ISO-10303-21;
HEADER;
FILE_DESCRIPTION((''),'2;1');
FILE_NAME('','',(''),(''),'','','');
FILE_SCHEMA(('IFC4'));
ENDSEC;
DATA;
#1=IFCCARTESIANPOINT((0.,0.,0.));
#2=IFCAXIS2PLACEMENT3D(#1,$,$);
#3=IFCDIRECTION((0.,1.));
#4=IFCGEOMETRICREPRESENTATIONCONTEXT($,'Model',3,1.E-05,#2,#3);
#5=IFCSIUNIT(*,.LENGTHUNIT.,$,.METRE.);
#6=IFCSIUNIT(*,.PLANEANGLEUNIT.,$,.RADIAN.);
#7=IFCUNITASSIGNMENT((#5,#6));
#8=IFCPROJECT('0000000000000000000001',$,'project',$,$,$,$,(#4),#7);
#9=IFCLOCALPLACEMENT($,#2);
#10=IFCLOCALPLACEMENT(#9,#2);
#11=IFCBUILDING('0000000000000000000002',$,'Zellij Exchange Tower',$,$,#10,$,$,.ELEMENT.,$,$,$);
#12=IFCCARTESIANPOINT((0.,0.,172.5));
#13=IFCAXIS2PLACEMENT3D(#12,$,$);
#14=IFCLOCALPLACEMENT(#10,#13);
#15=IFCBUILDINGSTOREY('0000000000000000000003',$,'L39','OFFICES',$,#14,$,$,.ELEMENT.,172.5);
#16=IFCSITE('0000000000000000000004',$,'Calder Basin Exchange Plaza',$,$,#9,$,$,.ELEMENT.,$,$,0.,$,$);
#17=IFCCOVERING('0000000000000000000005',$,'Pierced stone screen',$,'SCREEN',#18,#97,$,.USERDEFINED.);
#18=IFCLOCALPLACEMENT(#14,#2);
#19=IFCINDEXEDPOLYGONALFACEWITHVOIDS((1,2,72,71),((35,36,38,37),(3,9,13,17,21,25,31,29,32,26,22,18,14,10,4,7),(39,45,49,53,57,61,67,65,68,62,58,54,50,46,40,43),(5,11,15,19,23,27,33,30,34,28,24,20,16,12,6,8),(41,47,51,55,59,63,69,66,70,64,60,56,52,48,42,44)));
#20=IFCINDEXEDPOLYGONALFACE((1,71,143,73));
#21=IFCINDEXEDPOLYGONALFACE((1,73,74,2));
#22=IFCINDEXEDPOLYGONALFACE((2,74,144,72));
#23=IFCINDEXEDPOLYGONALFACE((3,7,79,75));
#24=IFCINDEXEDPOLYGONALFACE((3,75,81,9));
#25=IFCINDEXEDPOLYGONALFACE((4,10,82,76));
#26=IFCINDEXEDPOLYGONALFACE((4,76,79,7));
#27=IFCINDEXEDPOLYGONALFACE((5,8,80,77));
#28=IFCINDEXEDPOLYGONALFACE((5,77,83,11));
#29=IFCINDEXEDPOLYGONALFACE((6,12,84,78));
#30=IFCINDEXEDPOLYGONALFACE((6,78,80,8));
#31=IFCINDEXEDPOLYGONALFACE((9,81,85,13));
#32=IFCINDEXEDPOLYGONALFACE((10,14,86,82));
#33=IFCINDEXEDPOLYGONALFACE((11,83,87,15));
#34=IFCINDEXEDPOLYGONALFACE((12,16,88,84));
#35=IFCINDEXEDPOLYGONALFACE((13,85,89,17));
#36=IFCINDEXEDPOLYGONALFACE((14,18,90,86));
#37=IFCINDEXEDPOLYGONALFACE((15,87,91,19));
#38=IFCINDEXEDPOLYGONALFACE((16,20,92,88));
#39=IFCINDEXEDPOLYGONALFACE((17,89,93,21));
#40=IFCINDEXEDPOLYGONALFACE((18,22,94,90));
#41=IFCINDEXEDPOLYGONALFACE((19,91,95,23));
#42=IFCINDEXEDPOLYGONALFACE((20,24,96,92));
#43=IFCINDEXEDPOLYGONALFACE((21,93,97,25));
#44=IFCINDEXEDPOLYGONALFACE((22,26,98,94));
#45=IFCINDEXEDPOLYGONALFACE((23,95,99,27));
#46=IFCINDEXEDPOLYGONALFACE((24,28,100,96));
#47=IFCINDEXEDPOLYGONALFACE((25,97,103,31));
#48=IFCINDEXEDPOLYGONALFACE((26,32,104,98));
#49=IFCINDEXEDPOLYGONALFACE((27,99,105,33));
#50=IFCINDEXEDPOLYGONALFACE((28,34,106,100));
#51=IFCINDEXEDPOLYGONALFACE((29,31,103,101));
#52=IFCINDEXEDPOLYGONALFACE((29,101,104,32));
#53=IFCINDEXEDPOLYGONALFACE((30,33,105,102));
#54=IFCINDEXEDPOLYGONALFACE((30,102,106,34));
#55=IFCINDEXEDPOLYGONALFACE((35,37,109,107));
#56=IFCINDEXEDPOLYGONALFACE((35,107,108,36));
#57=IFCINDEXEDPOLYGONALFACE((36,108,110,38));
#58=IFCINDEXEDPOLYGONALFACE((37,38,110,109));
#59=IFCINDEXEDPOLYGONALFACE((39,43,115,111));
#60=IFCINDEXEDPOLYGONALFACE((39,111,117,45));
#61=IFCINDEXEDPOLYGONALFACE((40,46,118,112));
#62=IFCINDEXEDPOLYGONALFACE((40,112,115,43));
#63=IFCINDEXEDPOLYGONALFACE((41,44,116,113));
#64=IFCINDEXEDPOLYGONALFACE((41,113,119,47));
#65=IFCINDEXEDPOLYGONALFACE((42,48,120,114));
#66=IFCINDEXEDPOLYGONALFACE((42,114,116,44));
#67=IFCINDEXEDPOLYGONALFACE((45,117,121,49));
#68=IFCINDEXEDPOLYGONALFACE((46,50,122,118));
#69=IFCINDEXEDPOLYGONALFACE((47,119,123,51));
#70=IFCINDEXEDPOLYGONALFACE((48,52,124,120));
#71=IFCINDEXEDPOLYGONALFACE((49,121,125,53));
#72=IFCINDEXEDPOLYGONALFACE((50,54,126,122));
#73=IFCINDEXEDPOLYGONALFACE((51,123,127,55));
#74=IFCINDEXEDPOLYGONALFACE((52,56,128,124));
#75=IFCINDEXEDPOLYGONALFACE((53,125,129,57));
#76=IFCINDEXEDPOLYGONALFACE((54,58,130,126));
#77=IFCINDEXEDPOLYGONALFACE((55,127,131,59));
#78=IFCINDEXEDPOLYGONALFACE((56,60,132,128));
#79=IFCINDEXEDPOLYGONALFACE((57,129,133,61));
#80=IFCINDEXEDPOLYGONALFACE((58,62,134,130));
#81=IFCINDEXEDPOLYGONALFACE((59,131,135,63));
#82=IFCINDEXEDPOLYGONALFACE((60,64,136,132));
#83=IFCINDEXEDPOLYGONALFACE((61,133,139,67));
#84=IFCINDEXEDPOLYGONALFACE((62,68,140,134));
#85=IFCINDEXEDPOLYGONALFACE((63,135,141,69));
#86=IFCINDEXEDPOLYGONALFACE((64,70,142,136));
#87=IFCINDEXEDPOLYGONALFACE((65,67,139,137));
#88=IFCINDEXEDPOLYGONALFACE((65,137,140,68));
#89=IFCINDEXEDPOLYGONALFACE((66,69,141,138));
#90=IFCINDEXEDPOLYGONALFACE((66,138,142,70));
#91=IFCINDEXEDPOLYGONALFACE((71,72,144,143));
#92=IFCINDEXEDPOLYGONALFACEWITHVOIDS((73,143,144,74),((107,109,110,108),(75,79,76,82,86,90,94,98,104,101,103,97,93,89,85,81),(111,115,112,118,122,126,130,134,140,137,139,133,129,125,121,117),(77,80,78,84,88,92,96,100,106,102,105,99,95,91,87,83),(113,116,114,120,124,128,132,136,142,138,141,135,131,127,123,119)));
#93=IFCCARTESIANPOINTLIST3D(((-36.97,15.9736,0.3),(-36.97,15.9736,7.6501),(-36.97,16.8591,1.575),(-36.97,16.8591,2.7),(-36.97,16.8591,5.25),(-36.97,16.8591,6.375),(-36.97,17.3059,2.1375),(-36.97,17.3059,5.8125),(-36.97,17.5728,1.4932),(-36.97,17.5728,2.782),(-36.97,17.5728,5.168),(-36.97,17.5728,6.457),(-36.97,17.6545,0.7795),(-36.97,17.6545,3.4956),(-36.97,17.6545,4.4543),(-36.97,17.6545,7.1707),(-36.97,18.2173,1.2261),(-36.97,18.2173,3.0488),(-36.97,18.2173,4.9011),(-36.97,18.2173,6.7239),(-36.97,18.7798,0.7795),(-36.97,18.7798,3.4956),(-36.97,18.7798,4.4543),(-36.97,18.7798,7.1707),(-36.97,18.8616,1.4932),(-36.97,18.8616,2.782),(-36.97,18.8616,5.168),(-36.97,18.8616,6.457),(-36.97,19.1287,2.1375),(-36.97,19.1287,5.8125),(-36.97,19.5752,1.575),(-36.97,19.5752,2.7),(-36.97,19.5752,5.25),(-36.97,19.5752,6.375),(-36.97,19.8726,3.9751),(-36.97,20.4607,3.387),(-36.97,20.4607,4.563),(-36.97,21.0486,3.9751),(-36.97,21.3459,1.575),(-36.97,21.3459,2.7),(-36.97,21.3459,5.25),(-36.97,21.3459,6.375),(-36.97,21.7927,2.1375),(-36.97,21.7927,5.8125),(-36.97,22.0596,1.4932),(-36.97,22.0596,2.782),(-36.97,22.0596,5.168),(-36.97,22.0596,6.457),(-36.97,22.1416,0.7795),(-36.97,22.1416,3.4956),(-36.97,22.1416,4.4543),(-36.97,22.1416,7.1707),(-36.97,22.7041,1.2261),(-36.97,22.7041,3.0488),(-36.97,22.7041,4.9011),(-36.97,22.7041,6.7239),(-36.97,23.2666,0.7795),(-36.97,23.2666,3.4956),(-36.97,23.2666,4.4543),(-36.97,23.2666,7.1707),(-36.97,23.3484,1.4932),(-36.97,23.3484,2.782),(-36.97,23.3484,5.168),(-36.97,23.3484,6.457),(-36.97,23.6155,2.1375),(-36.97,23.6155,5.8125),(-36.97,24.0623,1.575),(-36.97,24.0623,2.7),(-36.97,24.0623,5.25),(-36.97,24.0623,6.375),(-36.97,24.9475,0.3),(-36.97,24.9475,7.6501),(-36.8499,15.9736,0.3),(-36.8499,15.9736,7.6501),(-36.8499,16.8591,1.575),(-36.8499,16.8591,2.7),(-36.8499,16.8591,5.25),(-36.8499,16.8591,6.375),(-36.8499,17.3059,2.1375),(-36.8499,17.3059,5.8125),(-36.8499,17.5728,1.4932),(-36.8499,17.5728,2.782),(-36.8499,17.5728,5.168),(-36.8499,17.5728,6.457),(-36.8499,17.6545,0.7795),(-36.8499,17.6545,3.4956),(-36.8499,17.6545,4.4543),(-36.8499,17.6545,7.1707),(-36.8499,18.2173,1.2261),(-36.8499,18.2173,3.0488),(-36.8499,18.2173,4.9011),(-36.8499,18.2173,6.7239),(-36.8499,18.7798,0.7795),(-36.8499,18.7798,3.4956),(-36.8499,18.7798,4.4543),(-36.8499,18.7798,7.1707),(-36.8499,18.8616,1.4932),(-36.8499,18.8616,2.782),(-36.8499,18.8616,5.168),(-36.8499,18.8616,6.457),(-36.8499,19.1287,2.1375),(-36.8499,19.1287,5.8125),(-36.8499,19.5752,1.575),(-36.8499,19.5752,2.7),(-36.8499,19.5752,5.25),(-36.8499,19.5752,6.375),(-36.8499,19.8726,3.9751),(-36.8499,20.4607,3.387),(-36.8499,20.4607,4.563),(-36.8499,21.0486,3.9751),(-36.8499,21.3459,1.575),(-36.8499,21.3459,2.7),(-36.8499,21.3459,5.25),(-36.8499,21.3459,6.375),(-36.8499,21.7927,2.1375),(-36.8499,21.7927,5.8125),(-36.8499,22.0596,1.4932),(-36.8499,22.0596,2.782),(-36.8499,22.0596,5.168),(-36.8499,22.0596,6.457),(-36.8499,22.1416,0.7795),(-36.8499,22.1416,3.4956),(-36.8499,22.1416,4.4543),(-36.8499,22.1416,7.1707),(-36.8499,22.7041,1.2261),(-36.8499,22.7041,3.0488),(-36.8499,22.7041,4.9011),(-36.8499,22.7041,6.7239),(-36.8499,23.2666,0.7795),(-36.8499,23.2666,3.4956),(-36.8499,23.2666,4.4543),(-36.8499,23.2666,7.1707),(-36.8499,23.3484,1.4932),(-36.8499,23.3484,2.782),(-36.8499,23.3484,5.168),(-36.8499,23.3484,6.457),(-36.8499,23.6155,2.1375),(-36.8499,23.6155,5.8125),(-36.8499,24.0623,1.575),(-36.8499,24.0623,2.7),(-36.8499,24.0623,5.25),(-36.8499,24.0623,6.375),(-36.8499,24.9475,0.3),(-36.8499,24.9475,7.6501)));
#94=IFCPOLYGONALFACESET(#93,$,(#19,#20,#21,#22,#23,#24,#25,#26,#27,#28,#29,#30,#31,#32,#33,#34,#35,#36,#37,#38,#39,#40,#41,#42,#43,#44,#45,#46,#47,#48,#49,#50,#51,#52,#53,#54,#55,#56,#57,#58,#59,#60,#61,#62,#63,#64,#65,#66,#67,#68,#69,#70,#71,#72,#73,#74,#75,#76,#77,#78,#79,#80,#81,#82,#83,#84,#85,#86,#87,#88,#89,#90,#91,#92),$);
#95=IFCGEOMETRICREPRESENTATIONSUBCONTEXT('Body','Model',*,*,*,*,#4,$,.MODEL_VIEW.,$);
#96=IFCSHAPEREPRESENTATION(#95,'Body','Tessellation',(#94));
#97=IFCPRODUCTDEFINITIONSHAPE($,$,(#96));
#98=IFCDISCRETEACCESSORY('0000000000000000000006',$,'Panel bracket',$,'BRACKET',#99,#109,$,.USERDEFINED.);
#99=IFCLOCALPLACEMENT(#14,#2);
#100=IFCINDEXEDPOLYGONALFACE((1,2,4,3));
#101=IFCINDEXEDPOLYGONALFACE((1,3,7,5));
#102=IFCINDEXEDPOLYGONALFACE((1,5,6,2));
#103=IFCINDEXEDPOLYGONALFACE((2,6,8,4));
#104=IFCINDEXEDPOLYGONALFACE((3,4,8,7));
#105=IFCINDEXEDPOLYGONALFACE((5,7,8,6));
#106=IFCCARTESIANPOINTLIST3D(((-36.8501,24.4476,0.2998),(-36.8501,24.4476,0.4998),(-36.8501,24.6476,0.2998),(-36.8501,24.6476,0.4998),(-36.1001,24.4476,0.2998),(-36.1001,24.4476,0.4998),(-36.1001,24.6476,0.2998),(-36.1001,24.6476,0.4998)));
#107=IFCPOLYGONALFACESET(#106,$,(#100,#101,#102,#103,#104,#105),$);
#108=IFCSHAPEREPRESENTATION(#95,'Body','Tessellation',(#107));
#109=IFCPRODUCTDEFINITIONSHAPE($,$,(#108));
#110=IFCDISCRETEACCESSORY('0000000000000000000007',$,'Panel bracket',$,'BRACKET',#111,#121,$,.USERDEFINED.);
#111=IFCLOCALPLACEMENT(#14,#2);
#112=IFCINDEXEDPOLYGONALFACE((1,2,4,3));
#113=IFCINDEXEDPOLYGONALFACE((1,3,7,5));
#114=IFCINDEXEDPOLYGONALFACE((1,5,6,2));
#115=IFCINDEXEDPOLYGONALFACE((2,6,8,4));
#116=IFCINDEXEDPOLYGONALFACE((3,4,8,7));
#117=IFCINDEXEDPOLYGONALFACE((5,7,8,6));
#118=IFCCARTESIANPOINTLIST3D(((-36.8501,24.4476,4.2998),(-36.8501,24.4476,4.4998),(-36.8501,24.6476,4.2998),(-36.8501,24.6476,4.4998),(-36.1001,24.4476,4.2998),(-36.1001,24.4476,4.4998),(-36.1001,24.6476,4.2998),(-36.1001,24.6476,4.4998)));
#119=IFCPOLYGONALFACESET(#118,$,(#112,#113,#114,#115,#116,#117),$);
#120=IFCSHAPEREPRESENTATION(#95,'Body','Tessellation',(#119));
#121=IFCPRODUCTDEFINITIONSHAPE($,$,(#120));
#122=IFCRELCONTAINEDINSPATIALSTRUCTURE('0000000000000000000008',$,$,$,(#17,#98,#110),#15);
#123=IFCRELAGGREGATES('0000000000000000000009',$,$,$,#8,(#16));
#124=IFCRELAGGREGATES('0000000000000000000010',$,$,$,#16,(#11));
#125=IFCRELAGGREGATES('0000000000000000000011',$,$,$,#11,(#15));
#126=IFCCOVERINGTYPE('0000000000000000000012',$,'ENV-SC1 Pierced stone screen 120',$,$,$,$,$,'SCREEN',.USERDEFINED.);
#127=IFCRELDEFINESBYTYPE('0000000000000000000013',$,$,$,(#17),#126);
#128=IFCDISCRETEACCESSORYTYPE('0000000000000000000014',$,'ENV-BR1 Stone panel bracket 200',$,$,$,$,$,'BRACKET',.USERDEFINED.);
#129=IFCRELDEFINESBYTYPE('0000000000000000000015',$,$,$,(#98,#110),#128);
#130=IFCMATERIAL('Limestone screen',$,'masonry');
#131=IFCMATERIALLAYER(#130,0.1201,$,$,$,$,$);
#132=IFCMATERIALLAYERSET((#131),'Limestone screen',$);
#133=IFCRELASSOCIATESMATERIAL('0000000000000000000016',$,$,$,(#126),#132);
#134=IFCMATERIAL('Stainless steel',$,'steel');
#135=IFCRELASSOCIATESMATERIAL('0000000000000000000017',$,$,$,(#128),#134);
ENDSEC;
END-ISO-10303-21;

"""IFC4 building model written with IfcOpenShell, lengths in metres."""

from ifc_helpers import new_model, si_unit, direction, frame, origin, origin_2d, place, context, subcontext, project, spatial, polyline, rectangle, outline, extrude, material, layer, layer_set, type_object, element, save


model = new_model("IFC4")

# Units and contexts
model_context = context("Model", 3, precision=1e-05, world=origin(), true_north=direction((0.0, 1.0)))
body_context = subcontext(model_context, "Body", "Model", "MODEL_VIEW")
ifc_project = project(units=[si_unit("LENGTHUNIT", "METRE"), si_unit("PLANEANGLEUNIT", "RADIAN")], contexts=[model_context])

# Site, building, storey
site_placement = place(None, origin())
site = spatial("IfcSite", under=ifc_project, at=site_placement, Name="Calder Basin Exchange Plaza", CompositionType="ELEMENT", RefElevation=0.0)
building_placement = place(site_placement, origin())
building = spatial("IfcBuilding", under=site, at=building_placement, Name="Zellij Exchange Tower", CompositionType="ELEMENT")
storey_placement = place(building_placement, frame((0.0, 0.0, 172.5)))
storey = spatial("IfcBuildingStorey", under=building, at=storey_placement, Name="L39", Description="OFFICES", CompositionType="ELEMENT", Elevation=172.5)

# Covering
ifc_material_1 = material(Name="Limestone screen", Category="masonry")
ifc_layer_1 = layer(ifc_material_1, 0.1201)
ifc_layer_set_1 = layer_set([ifc_layer_1], Name="Limestone screen")
covering_type = type_object("IfcCoveringType", Name="ENV-SC1 Pierced stone screen 120", ElementType="SCREEN", PredefinedType="USERDEFINED", material=ifc_layer_set_1)
covering_placement = place(storey_placement, frame((-36.9099, 24.9475, 0.3), z_axis=(0.0, 0.0, 1.0), x_axis=(0.0, -1.0, 0.0)))
element("IfcCovering", 1, at=covering_placement, inside=storey, type_object=covering_type, Name="Pierced stone screen", ObjectType="SCREEN", PredefinedType="USERDEFINED", context=body_context, shape_type="SweptSolid", body=[
    extrude(outline(polyline([(0.0, 0.0), (8.9739, 0.0), (8.9739, 7.3501), (0.0, 7.3501), (0.0, 0.0)]), holes=[polyline([(3.6016, 2.3999), (2.8879, 2.4819), (2.8059, 3.1956), (2.2434, 2.7488), (1.6809, 3.1956), (1.5991, 2.4819), (0.8853, 2.3999), (1.332, 1.8374), (0.8853, 1.2749), (1.5991, 1.1931), (1.6809, 0.4795), (2.2434, 0.926), (2.8059, 0.4795), (2.8879, 1.1931), (3.6016, 1.2749), (3.1548, 1.8374), (3.6016, 2.3999)]), polyline([(3.6016, 6.075), (2.8879, 6.157), (2.8059, 6.8706), (2.2434, 6.4238), (1.6809, 6.8706), (1.5991, 6.157), (0.8853, 6.075), (1.332, 5.5125), (0.8853, 4.95), (1.5991, 4.8679), (1.6809, 4.1543), (2.2434, 4.6011), (2.8059, 4.1543), (2.8879, 4.8679), (3.6016, 4.95), (3.1548, 5.5125), (3.6016, 6.075)]), polyline([(8.0884, 2.3999), (7.3748, 2.4819), (7.293, 3.1956), (6.7302, 2.7488), (6.1677, 3.1956), (6.0859, 2.4819), (5.3723, 2.3999), (5.8188, 1.8374), (5.3723, 1.2749), (6.0859, 1.1931), (6.1677, 0.4795), (6.7302, 0.926), (7.293, 0.4795), (7.3748, 1.1931), (8.0884, 1.2749), (7.6416, 1.8374), (8.0884, 2.3999)]), polyline([(8.0884, 6.075), (7.3748, 6.157), (7.293, 6.8706), (6.7302, 6.4238), (6.1677, 6.8706), (6.0859, 6.157), (5.3723, 6.075), (5.8188, 5.5125), (5.3723, 4.95), (6.0859, 4.8679), (6.1677, 4.1543), (6.7302, 4.6011), (7.293, 4.1543), (7.3748, 4.8679), (8.0884, 4.95), (7.6416, 5.5125), (8.0884, 6.075)]), polyline([(5.075, 3.675), (4.4868, 4.2629), (3.8989, 3.675), (4.4868, 3.0869), (5.075, 3.675)])]), frame((0.0, 0.0601, 0.0), z_axis=(0.0, -1.0, 0.0), x_axis=(1.0, 0.0, 0.0)), (0.0, 0.0, 1.0), 0.1201),
])

# Discrete accessories
ifc_material_2 = material(Name="Stainless steel", Category="steel")
discrete_accessory_type = type_object("IfcDiscreteAccessoryType", Name="ENV-BR1 Stone panel bracket 200", ElementType="BRACKET", PredefinedType="USERDEFINED", material=ifc_material_2)
for number, where, z_axis, x_axis, name in (
    (2, (-36.4751, 24.5476, 0.2998), (0.0, 0.0, 1.0), (0.0, -1.0, 0.0), "Panel bracket"),
    (3, (-36.4751, 24.5476, 4.2998), (0.0, 0.0, 1.0), (0.0, -1.0, 0.0), "Panel bracket"),
):
    element("IfcDiscreteAccessory", number, at=place(storey_placement, frame(where, z_axis=z_axis, x_axis=x_axis)), inside=storey, type_object=discrete_accessory_type, Name=name, ObjectType="BRACKET", PredefinedType="USERDEFINED", context=body_context, shape_type="SweptSolid", body=[
        extrude(rectangle(XDim=0.2, YDim=0.75, at=origin_2d()), origin(), (0.0, 0.0, 1.0), 0.2),
    ])

save(model, "model.ifc")
